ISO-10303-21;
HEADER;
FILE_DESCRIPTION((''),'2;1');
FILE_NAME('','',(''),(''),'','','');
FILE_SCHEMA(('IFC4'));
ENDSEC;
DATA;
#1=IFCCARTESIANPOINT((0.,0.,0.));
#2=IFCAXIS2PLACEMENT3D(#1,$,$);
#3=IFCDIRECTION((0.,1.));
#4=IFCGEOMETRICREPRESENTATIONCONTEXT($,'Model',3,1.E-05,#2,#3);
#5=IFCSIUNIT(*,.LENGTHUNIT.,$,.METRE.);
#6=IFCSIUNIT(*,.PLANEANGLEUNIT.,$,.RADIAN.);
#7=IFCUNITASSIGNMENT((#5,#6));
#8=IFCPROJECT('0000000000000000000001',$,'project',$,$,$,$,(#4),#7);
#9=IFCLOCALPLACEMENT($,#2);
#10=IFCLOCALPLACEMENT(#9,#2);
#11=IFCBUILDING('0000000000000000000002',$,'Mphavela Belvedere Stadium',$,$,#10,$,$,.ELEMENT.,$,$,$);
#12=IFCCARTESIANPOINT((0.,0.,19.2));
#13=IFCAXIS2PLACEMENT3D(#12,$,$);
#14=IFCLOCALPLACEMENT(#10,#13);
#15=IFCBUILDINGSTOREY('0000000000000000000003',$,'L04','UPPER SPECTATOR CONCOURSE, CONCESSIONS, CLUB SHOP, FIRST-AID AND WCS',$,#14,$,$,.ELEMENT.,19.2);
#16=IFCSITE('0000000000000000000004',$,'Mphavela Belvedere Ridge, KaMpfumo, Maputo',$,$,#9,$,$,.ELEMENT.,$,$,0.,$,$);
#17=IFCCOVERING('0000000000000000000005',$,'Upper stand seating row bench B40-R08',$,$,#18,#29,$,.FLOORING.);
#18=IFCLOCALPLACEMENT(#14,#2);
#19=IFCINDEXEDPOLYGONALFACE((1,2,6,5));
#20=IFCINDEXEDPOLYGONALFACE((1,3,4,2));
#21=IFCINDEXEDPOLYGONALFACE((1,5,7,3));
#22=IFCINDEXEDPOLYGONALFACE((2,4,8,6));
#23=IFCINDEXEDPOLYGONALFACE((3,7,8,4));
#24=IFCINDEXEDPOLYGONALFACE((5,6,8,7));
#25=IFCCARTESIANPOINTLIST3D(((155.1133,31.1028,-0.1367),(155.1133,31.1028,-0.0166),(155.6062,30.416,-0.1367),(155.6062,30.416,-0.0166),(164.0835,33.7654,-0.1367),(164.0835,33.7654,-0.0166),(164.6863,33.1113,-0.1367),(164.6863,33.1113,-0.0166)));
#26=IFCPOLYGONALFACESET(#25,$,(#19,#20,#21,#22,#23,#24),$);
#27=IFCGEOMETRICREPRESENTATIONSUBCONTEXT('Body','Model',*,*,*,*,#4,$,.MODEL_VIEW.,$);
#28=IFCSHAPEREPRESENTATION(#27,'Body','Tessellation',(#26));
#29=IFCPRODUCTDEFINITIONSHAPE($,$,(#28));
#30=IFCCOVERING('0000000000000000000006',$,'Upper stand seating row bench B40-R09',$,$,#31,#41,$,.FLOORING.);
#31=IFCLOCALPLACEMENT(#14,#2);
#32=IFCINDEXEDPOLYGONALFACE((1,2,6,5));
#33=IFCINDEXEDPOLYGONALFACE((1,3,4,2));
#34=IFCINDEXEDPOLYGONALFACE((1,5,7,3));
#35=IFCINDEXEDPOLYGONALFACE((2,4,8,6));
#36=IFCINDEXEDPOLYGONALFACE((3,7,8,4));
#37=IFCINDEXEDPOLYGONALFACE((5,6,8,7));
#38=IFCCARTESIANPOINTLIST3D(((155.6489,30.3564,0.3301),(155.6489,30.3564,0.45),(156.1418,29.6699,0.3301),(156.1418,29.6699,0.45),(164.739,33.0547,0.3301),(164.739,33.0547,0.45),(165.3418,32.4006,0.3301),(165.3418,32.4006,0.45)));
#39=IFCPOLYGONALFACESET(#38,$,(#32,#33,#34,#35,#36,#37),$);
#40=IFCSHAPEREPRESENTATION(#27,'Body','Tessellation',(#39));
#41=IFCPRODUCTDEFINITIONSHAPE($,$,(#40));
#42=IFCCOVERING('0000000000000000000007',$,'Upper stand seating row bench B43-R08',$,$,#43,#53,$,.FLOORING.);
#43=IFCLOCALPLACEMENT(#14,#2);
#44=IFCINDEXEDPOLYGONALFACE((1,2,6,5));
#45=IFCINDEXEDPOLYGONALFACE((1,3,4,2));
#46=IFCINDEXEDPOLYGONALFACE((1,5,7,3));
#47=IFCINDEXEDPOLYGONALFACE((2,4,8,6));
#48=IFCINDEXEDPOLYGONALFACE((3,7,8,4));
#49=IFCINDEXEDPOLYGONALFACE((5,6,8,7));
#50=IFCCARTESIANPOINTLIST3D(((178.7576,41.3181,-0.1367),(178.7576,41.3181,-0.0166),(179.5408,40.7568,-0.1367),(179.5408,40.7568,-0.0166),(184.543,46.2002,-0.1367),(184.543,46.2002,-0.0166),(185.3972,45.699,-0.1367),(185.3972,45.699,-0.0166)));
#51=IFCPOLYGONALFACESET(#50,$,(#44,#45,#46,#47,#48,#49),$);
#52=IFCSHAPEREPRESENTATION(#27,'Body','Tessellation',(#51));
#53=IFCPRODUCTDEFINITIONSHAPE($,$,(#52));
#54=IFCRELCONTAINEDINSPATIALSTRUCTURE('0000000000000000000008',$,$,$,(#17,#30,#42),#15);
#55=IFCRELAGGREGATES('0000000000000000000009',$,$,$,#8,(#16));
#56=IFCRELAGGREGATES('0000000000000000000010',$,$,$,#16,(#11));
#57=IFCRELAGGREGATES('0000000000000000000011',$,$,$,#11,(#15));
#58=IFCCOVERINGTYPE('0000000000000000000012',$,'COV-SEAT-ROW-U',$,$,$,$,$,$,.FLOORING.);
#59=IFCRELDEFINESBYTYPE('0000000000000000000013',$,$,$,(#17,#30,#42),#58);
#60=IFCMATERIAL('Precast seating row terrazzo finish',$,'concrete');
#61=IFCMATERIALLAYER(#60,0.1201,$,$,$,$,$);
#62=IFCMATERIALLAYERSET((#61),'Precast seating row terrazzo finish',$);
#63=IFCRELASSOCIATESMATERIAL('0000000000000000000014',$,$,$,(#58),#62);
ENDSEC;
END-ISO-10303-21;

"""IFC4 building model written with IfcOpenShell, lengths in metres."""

from ifc_helpers import new_model, si_unit, direction, frame, origin, place, context, subcontext, project, spatial, polyline, outline, extrude, material, layer, layer_set, type_object, element, save


model = new_model("IFC4")

# Units and contexts
model_context = context("Model", 3, precision=1e-05, world=origin(), true_north=direction((0.0, 1.0)))
body_context = subcontext(model_context, "Body", "Model", "MODEL_VIEW")
ifc_project = project(units=[si_unit("LENGTHUNIT", "METRE"), si_unit("PLANEANGLEUNIT", "RADIAN")], contexts=[model_context])

# Site, building, storey
site_placement = place(None, origin())
site = spatial("IfcSite", under=ifc_project, at=site_placement, Name="Mphavela Belvedere Ridge, KaMpfumo, Maputo", CompositionType="ELEMENT", RefElevation=0.0)
building_placement = place(site_placement, origin())
building = spatial("IfcBuilding", under=site, at=building_placement, Name="Mphavela Belvedere Stadium", CompositionType="ELEMENT")
storey_placement = place(building_placement, frame((0.0, 0.0, 19.2)))
storey = spatial("IfcBuildingStorey", under=building, at=storey_placement, Name="L04", Description="UPPER SPECTATOR CONCOURSE, CONCESSIONS, CLUB SHOP, FIRST-AID AND WCS", CompositionType="ELEMENT", Elevation=19.2)

# Coverings
ifc_material_1 = material(Name="Precast seating row terrazzo finish", Category="concrete")
ifc_layer = layer(ifc_material_1, 0.1201)
ifc_layer_set = layer_set([ifc_layer], Name="Precast seating row terrazzo finish")
covering_type = type_object("IfcCoveringType", Name="COV-SEAT-ROW-U", PredefinedType="FLOORING", material=ifc_layer_set)
covering_1_placement = place(storey_placement, frame((0.0, 0.0, -0.1367)))
element("IfcCovering", 1, at=covering_1_placement, inside=storey, type_object=covering_type, Name="Upper stand seating row bench B40-R08", PredefinedType="FLOORING", context=body_context, shape_type="SweptSolid", body=[
    extrude(outline(polyline([(155.1133, 31.1028), (164.0835, 33.7654), (164.6863, 33.1113), (155.6062, 30.416), (155.1133, 31.1028)])), origin(), (0.0, 0.0, 1.0), 0.1201),
])
covering_2_placement = place(storey_placement, frame((0.0, 0.0, 0.3301)))
element("IfcCovering", 2, at=covering_2_placement, inside=storey, type_object=covering_type, Name="Upper stand seating row bench B40-R09", PredefinedType="FLOORING", context=body_context, shape_type="SweptSolid", body=[
    extrude(outline(polyline([(155.6489, 30.3564), (164.739, 33.0547), (165.3418, 32.4006), (156.1418, 29.6699), (155.6489, 30.3564)])), origin(), (0.0, 0.0, 1.0), 0.1199),
])
covering_3_placement = place(storey_placement, frame((0.0, 0.0, -0.1367)))
element("IfcCovering", 3, at=covering_3_placement, inside=storey, type_object=covering_type, Name="Upper stand seating row bench B43-R08", PredefinedType="FLOORING", context=body_context, shape_type="SweptSolid", body=[
    extrude(outline(polyline([(178.7576, 41.3181), (184.543, 46.2002), (185.3972, 45.699), (179.5408, 40.7568), (178.7576, 41.3181)])), origin(), (0.0, 0.0, 1.0), 0.1201),
])

save(model, "model.ifc")
